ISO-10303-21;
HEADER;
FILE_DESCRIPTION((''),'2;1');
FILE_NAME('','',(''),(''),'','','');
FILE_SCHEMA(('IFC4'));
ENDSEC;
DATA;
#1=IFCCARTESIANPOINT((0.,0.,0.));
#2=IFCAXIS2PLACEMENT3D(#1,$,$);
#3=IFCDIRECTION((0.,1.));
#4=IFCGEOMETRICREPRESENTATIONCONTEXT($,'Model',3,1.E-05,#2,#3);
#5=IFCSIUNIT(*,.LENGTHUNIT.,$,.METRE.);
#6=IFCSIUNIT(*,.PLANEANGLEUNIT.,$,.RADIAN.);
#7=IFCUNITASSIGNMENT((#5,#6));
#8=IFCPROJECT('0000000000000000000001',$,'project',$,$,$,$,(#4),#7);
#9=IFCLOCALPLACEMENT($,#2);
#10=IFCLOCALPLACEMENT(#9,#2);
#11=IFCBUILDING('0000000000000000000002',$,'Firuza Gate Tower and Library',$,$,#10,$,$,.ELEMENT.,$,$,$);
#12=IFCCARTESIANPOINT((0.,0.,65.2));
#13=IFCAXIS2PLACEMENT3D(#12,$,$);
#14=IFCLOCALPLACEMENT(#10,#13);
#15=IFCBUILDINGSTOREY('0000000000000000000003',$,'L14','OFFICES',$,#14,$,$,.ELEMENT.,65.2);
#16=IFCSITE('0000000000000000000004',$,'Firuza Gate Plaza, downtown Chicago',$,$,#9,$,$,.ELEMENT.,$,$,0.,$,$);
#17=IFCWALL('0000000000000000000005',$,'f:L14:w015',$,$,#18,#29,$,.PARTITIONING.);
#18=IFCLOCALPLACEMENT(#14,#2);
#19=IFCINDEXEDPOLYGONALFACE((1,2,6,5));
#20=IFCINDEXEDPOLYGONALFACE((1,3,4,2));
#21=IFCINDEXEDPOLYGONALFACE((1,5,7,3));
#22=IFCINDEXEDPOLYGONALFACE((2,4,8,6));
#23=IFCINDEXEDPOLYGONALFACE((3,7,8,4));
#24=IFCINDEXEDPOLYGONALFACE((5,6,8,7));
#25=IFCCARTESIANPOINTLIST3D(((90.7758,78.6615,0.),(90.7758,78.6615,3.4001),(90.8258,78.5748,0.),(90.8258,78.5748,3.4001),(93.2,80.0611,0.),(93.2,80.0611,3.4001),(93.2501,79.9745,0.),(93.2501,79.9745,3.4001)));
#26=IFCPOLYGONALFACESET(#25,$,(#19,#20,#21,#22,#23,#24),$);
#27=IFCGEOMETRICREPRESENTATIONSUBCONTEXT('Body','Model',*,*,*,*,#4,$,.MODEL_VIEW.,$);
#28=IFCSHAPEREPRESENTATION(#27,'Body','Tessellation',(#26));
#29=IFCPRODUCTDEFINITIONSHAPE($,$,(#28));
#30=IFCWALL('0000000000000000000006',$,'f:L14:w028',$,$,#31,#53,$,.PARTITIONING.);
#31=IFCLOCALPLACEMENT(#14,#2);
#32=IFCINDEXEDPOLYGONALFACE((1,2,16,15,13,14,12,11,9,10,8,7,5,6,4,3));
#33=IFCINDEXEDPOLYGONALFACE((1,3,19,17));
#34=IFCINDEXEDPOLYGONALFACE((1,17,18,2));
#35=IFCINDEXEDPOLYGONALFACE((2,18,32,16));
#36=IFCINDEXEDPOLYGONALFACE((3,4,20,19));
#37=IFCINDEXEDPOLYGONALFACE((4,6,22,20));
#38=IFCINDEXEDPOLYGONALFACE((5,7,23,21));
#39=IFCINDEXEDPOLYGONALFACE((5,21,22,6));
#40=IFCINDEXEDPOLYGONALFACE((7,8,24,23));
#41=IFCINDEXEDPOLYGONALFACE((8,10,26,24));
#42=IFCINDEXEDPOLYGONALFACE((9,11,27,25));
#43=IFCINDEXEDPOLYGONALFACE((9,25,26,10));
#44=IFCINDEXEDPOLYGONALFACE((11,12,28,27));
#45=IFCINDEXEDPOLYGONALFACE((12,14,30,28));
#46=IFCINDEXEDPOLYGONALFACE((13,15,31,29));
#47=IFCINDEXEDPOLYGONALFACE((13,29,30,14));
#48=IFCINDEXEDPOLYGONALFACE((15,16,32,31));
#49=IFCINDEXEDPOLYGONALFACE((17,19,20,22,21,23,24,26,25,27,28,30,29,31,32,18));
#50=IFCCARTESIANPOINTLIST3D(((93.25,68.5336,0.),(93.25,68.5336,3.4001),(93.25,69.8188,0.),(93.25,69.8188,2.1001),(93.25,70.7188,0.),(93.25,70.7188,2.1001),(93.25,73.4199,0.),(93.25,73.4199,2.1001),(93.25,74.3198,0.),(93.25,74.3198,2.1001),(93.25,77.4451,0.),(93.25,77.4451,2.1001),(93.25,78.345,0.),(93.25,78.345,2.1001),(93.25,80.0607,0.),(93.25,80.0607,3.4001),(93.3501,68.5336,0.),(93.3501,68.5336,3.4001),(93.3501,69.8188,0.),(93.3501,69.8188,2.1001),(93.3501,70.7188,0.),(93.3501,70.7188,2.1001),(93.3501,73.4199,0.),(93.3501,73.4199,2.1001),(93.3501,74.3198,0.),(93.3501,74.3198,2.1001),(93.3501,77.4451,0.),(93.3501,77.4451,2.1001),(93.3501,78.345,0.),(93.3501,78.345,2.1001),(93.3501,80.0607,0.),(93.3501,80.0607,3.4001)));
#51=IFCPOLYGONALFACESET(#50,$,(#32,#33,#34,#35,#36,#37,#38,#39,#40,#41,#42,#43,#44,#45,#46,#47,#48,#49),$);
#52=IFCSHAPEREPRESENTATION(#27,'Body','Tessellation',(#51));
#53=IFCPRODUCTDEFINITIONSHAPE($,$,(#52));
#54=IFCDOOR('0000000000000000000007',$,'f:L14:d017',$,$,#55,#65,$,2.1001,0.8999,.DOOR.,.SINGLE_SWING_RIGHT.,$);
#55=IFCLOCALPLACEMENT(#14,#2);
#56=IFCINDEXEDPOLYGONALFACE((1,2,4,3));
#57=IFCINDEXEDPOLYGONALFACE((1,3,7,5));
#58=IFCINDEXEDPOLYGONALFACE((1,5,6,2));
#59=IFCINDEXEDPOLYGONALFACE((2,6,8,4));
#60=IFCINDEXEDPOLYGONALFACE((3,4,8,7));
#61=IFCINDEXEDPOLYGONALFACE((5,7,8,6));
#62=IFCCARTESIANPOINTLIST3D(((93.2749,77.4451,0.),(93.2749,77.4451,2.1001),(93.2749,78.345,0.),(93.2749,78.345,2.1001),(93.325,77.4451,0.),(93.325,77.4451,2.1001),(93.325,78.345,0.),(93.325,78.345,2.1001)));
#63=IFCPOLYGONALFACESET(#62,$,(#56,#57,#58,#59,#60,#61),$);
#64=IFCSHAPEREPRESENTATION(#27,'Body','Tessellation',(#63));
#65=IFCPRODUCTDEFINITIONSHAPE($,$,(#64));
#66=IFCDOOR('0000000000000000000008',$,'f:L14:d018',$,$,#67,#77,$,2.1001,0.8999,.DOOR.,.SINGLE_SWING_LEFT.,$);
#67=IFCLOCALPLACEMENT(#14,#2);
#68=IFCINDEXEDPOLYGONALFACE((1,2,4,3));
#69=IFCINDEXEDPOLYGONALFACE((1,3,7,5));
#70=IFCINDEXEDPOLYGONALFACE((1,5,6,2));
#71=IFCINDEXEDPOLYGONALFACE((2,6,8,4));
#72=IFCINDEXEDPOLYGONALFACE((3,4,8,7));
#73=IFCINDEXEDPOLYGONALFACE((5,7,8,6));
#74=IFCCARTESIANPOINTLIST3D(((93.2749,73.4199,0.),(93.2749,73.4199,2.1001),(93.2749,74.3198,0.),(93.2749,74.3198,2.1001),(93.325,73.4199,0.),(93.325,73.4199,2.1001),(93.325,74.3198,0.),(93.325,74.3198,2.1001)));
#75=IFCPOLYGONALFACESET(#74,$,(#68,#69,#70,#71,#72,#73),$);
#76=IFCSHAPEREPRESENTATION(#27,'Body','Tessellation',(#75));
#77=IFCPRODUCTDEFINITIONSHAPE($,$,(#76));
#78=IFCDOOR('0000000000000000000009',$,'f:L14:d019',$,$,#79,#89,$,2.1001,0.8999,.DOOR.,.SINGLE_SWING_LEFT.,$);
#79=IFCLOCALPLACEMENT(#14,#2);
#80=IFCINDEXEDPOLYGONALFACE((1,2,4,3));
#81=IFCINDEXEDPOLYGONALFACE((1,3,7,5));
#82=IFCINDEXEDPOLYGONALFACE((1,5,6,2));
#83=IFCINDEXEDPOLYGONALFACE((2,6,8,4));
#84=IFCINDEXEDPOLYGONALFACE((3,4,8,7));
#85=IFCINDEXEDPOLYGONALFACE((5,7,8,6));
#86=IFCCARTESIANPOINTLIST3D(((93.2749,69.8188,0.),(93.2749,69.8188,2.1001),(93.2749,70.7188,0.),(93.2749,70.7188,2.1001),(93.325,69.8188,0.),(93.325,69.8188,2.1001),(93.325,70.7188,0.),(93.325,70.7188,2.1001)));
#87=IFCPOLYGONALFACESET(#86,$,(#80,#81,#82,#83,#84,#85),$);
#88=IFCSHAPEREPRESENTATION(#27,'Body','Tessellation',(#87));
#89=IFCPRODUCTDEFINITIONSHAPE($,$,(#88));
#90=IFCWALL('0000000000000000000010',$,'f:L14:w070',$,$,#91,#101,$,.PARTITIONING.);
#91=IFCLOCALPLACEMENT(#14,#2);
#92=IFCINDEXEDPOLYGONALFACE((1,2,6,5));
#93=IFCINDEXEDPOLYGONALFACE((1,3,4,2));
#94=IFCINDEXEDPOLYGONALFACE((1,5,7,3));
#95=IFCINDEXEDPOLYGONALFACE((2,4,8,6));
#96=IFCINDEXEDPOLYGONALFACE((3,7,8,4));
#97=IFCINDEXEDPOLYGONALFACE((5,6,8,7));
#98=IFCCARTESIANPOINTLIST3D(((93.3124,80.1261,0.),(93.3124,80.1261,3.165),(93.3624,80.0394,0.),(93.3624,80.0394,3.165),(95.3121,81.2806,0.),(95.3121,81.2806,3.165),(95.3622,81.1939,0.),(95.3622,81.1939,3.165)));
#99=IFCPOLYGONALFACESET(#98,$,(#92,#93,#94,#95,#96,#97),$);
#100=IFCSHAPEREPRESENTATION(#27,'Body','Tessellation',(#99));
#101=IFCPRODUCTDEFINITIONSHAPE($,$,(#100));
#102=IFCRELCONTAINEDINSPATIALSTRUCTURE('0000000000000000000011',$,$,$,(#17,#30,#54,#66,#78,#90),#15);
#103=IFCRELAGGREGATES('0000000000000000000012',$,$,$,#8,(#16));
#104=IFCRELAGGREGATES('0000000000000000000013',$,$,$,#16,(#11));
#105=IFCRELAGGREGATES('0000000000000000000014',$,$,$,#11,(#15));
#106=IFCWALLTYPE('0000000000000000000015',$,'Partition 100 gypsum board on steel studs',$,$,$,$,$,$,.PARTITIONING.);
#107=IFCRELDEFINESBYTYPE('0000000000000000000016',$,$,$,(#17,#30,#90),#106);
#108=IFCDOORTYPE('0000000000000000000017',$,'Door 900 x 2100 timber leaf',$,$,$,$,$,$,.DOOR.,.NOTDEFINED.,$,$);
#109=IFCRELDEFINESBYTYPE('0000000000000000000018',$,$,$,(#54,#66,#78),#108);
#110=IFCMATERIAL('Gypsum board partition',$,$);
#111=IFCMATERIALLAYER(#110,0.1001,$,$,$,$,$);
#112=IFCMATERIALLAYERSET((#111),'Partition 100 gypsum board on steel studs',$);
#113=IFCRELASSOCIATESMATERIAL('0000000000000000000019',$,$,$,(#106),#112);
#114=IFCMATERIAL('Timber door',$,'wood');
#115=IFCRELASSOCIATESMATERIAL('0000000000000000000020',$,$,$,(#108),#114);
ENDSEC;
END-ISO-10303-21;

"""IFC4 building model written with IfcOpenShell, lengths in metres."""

from ifc_helpers import new_model, si_unit, direction, frame, frame_2d, origin, place, context, subcontext, project, spatial, rectangle, extrude, material, layer, layer_set, type_object, element, fill, save


model = new_model("IFC4")

# Units and contexts
model_context = context("Model", 3, precision=1e-05, world=origin(), true_north=direction((0.0, 1.0)))
body_context = subcontext(model_context, "Body", "Model", "MODEL_VIEW")
ifc_project = project(units=[si_unit("LENGTHUNIT", "METRE"), si_unit("PLANEANGLEUNIT", "RADIAN")], contexts=[model_context])

# Site, building, storey
site_placement = place(None, origin())
site = spatial("IfcSite", under=ifc_project, at=site_placement, Name="Firuza Gate Plaza, downtown Chicago", CompositionType="ELEMENT", RefElevation=0.0)
building_placement = place(site_placement, origin())
building = spatial("IfcBuilding", under=site, at=building_placement, Name="Firuza Gate Tower and Library", CompositionType="ELEMENT")
storey_placement = place(building_placement, frame((0.0, 0.0, 65.2)))
storey = spatial("IfcBuildingStorey", under=building, at=storey_placement, Name="L14", Description="OFFICES", CompositionType="ELEMENT", Elevation=65.2)

# Wall
ifc_material_1 = material(Name="Gypsum board partition")
ifc_layer_1 = layer(ifc_material_1, 0.1001)
ifc_layer_set_1 = layer_set([ifc_layer_1], Name="Partition 100 gypsum board on steel studs")
wall_type_1 = type_object("IfcWallType", Name="Partition 100 gypsum board on steel studs", PredefinedType="PARTITIONING", material=ifc_layer_set_1)
wall_1_placement = place(storey_placement, frame((90.8008, 78.6182, 0.0), z_axis=(0.0, 0.0, 1.0), x_axis=(0.866029, 0.499994, 0.0)))
element("IfcWall", 1, at=wall_1_placement, inside=storey, type_object=wall_type_1, Name="f:L14:w015", PredefinedType="PARTITIONING", context=body_context, shape_type="SweptSolid", body=[
    extrude(rectangle(XDim=2.7993, YDim=0.1001, at=frame_2d((1.3997, 0.0))), origin(), (0.0, 0.0, 1.0), 3.4001),
])

# Wall, openings, doors
wall_2_placement = place(storey_placement, frame((93.3, 80.0608, 0.0), z_axis=(0.0, 0.0, 1.0), x_axis=(0.0, -1.0, 0.0)))
wall_2 = element("IfcWall", 2, at=wall_2_placement, inside=storey, type_object=wall_type_1, Name="f:L14:w028", PredefinedType="PARTITIONING", context=body_context, shape_type="SweptSolid", body=[
    extrude(rectangle(XDim=11.5271, YDim=0.1001, at=frame_2d((5.7637, 0.0))), origin(), (0.0, 0.0, 1.0), 3.4001),
])
opening_1_placement = place(wall_2_placement, frame((1.7158, 0.0, 0.0)))
opening_1 = element("IfcOpeningElement", 3, at=opening_1_placement, cuts=wall_2, PredefinedType="OPENING", context=body_context, shape_type="SweptSolid", body=[
    extrude(rectangle(XDim=0.8999, YDim=2.1001, at=frame_2d((0.45, 1.05))), frame((0.0, 0.0601, 0.0), z_axis=(0.0, -1.0, 0.0), x_axis=(1.0, 0.0, 0.0)), (0.0, 0.0, 1.0), 0.1201),
])
opening_2_placement = place(wall_2_placement, frame((5.741, 0.0, 0.0)))
opening_2 = element("IfcOpeningElement", 4, at=opening_2_placement, cuts=wall_2, PredefinedType="OPENING", context=body_context, shape_type="SweptSolid", body=[
    extrude(rectangle(XDim=0.8999, YDim=2.1001, at=frame_2d((0.45, 1.05))), frame((0.0, 0.0601, 0.0), z_axis=(0.0, -1.0, 0.0), x_axis=(1.0, 0.0, 0.0)), (0.0, 0.0, 1.0), 0.1201),
])
opening_3_placement = place(wall_2_placement, frame((9.342, 0.0, 0.0)))
opening_3 = element("IfcOpeningElement", 5, at=opening_3_placement, cuts=wall_2, PredefinedType="OPENING", context=body_context, shape_type="SweptSolid", body=[
    extrude(rectangle(XDim=0.8999, YDim=2.1001, at=frame_2d((0.45, 1.05))), frame((0.0, 0.0601, 0.0), z_axis=(0.0, -1.0, 0.0), x_axis=(1.0, 0.0, 0.0)), (0.0, 0.0, 1.0), 0.1201),
])
ifc_material_2 = material(Name="Timber door", Category="wood")
door_type_1 = type_object("IfcDoorType", Name="Door 900 x 2100 timber leaf", OperationType="NOTDEFINED", PredefinedType="DOOR", material=ifc_material_2)
door_1_placement = place(opening_1_placement, origin())
door_1 = element("IfcDoor", 6, at=door_1_placement, inside=storey, type_object=door_type_1, Name="f:L14:d017", OperationType="SINGLE_SWING_RIGHT", OverallHeight=2.1001, OverallWidth=0.8999, PredefinedType="DOOR", context=body_context, shape_type="SweptSolid", body=[
    extrude(rectangle(XDim=0.8999, YDim=2.1001, at=frame_2d((0.45, 1.05))), frame((0.0, 0.0249, 0.0), z_axis=(0.0, -1.0, 0.0), x_axis=(1.0, 0.0, 0.0)), (0.0, 0.0, 1.0), 0.05),
])
fill(opening_1, door_1)
door_2_placement = place(opening_2_placement, origin())
door_2 = element("IfcDoor", 7, at=door_2_placement, inside=storey, type_object=door_type_1, Name="f:L14:d018", OperationType="SINGLE_SWING_LEFT", OverallHeight=2.1001, OverallWidth=0.8999, PredefinedType="DOOR", context=body_context, shape_type="SweptSolid", body=[
    extrude(rectangle(XDim=0.8999, YDim=2.1001, at=frame_2d((0.45, 1.05))), frame((0.0, 0.0249, 0.0), z_axis=(0.0, -1.0, 0.0), x_axis=(1.0, 0.0, 0.0)), (0.0, 0.0, 1.0), 0.05),
])
fill(opening_2, door_2)
door_3_placement = place(opening_3_placement, origin())
door_3 = element("IfcDoor", 8, at=door_3_placement, inside=storey, type_object=door_type_1, Name="f:L14:d019", OperationType="SINGLE_SWING_LEFT", OverallHeight=2.1001, OverallWidth=0.8999, PredefinedType="DOOR", context=body_context, shape_type="SweptSolid", body=[
    extrude(rectangle(XDim=0.8999, YDim=2.1001, at=frame_2d((0.45, 1.05))), frame((0.0, 0.0249, 0.0), z_axis=(0.0, -1.0, 0.0), x_axis=(1.0, 0.0, 0.0)), (0.0, 0.0, 1.0), 0.05),
])
fill(opening_3, door_3)

# Wall
wall_3_placement = place(storey_placement, frame((93.3374, 80.0828, 0.0), z_axis=(0.0, 0.0, 1.0), x_axis=(0.866029, 0.499994, 0.0)))
element("IfcWall", 9, at=wall_3_placement, inside=storey, type_object=wall_type_1, Name="f:L14:w070", PredefinedType="PARTITIONING", context=body_context, shape_type="SweptSolid", body=[
    extrude(rectangle(XDim=2.3091, YDim=0.1001, at=frame_2d((1.1545, 0.0))), origin(), (0.0, 0.0, 1.0), 3.165),
])

save(model, "model.ifc")
